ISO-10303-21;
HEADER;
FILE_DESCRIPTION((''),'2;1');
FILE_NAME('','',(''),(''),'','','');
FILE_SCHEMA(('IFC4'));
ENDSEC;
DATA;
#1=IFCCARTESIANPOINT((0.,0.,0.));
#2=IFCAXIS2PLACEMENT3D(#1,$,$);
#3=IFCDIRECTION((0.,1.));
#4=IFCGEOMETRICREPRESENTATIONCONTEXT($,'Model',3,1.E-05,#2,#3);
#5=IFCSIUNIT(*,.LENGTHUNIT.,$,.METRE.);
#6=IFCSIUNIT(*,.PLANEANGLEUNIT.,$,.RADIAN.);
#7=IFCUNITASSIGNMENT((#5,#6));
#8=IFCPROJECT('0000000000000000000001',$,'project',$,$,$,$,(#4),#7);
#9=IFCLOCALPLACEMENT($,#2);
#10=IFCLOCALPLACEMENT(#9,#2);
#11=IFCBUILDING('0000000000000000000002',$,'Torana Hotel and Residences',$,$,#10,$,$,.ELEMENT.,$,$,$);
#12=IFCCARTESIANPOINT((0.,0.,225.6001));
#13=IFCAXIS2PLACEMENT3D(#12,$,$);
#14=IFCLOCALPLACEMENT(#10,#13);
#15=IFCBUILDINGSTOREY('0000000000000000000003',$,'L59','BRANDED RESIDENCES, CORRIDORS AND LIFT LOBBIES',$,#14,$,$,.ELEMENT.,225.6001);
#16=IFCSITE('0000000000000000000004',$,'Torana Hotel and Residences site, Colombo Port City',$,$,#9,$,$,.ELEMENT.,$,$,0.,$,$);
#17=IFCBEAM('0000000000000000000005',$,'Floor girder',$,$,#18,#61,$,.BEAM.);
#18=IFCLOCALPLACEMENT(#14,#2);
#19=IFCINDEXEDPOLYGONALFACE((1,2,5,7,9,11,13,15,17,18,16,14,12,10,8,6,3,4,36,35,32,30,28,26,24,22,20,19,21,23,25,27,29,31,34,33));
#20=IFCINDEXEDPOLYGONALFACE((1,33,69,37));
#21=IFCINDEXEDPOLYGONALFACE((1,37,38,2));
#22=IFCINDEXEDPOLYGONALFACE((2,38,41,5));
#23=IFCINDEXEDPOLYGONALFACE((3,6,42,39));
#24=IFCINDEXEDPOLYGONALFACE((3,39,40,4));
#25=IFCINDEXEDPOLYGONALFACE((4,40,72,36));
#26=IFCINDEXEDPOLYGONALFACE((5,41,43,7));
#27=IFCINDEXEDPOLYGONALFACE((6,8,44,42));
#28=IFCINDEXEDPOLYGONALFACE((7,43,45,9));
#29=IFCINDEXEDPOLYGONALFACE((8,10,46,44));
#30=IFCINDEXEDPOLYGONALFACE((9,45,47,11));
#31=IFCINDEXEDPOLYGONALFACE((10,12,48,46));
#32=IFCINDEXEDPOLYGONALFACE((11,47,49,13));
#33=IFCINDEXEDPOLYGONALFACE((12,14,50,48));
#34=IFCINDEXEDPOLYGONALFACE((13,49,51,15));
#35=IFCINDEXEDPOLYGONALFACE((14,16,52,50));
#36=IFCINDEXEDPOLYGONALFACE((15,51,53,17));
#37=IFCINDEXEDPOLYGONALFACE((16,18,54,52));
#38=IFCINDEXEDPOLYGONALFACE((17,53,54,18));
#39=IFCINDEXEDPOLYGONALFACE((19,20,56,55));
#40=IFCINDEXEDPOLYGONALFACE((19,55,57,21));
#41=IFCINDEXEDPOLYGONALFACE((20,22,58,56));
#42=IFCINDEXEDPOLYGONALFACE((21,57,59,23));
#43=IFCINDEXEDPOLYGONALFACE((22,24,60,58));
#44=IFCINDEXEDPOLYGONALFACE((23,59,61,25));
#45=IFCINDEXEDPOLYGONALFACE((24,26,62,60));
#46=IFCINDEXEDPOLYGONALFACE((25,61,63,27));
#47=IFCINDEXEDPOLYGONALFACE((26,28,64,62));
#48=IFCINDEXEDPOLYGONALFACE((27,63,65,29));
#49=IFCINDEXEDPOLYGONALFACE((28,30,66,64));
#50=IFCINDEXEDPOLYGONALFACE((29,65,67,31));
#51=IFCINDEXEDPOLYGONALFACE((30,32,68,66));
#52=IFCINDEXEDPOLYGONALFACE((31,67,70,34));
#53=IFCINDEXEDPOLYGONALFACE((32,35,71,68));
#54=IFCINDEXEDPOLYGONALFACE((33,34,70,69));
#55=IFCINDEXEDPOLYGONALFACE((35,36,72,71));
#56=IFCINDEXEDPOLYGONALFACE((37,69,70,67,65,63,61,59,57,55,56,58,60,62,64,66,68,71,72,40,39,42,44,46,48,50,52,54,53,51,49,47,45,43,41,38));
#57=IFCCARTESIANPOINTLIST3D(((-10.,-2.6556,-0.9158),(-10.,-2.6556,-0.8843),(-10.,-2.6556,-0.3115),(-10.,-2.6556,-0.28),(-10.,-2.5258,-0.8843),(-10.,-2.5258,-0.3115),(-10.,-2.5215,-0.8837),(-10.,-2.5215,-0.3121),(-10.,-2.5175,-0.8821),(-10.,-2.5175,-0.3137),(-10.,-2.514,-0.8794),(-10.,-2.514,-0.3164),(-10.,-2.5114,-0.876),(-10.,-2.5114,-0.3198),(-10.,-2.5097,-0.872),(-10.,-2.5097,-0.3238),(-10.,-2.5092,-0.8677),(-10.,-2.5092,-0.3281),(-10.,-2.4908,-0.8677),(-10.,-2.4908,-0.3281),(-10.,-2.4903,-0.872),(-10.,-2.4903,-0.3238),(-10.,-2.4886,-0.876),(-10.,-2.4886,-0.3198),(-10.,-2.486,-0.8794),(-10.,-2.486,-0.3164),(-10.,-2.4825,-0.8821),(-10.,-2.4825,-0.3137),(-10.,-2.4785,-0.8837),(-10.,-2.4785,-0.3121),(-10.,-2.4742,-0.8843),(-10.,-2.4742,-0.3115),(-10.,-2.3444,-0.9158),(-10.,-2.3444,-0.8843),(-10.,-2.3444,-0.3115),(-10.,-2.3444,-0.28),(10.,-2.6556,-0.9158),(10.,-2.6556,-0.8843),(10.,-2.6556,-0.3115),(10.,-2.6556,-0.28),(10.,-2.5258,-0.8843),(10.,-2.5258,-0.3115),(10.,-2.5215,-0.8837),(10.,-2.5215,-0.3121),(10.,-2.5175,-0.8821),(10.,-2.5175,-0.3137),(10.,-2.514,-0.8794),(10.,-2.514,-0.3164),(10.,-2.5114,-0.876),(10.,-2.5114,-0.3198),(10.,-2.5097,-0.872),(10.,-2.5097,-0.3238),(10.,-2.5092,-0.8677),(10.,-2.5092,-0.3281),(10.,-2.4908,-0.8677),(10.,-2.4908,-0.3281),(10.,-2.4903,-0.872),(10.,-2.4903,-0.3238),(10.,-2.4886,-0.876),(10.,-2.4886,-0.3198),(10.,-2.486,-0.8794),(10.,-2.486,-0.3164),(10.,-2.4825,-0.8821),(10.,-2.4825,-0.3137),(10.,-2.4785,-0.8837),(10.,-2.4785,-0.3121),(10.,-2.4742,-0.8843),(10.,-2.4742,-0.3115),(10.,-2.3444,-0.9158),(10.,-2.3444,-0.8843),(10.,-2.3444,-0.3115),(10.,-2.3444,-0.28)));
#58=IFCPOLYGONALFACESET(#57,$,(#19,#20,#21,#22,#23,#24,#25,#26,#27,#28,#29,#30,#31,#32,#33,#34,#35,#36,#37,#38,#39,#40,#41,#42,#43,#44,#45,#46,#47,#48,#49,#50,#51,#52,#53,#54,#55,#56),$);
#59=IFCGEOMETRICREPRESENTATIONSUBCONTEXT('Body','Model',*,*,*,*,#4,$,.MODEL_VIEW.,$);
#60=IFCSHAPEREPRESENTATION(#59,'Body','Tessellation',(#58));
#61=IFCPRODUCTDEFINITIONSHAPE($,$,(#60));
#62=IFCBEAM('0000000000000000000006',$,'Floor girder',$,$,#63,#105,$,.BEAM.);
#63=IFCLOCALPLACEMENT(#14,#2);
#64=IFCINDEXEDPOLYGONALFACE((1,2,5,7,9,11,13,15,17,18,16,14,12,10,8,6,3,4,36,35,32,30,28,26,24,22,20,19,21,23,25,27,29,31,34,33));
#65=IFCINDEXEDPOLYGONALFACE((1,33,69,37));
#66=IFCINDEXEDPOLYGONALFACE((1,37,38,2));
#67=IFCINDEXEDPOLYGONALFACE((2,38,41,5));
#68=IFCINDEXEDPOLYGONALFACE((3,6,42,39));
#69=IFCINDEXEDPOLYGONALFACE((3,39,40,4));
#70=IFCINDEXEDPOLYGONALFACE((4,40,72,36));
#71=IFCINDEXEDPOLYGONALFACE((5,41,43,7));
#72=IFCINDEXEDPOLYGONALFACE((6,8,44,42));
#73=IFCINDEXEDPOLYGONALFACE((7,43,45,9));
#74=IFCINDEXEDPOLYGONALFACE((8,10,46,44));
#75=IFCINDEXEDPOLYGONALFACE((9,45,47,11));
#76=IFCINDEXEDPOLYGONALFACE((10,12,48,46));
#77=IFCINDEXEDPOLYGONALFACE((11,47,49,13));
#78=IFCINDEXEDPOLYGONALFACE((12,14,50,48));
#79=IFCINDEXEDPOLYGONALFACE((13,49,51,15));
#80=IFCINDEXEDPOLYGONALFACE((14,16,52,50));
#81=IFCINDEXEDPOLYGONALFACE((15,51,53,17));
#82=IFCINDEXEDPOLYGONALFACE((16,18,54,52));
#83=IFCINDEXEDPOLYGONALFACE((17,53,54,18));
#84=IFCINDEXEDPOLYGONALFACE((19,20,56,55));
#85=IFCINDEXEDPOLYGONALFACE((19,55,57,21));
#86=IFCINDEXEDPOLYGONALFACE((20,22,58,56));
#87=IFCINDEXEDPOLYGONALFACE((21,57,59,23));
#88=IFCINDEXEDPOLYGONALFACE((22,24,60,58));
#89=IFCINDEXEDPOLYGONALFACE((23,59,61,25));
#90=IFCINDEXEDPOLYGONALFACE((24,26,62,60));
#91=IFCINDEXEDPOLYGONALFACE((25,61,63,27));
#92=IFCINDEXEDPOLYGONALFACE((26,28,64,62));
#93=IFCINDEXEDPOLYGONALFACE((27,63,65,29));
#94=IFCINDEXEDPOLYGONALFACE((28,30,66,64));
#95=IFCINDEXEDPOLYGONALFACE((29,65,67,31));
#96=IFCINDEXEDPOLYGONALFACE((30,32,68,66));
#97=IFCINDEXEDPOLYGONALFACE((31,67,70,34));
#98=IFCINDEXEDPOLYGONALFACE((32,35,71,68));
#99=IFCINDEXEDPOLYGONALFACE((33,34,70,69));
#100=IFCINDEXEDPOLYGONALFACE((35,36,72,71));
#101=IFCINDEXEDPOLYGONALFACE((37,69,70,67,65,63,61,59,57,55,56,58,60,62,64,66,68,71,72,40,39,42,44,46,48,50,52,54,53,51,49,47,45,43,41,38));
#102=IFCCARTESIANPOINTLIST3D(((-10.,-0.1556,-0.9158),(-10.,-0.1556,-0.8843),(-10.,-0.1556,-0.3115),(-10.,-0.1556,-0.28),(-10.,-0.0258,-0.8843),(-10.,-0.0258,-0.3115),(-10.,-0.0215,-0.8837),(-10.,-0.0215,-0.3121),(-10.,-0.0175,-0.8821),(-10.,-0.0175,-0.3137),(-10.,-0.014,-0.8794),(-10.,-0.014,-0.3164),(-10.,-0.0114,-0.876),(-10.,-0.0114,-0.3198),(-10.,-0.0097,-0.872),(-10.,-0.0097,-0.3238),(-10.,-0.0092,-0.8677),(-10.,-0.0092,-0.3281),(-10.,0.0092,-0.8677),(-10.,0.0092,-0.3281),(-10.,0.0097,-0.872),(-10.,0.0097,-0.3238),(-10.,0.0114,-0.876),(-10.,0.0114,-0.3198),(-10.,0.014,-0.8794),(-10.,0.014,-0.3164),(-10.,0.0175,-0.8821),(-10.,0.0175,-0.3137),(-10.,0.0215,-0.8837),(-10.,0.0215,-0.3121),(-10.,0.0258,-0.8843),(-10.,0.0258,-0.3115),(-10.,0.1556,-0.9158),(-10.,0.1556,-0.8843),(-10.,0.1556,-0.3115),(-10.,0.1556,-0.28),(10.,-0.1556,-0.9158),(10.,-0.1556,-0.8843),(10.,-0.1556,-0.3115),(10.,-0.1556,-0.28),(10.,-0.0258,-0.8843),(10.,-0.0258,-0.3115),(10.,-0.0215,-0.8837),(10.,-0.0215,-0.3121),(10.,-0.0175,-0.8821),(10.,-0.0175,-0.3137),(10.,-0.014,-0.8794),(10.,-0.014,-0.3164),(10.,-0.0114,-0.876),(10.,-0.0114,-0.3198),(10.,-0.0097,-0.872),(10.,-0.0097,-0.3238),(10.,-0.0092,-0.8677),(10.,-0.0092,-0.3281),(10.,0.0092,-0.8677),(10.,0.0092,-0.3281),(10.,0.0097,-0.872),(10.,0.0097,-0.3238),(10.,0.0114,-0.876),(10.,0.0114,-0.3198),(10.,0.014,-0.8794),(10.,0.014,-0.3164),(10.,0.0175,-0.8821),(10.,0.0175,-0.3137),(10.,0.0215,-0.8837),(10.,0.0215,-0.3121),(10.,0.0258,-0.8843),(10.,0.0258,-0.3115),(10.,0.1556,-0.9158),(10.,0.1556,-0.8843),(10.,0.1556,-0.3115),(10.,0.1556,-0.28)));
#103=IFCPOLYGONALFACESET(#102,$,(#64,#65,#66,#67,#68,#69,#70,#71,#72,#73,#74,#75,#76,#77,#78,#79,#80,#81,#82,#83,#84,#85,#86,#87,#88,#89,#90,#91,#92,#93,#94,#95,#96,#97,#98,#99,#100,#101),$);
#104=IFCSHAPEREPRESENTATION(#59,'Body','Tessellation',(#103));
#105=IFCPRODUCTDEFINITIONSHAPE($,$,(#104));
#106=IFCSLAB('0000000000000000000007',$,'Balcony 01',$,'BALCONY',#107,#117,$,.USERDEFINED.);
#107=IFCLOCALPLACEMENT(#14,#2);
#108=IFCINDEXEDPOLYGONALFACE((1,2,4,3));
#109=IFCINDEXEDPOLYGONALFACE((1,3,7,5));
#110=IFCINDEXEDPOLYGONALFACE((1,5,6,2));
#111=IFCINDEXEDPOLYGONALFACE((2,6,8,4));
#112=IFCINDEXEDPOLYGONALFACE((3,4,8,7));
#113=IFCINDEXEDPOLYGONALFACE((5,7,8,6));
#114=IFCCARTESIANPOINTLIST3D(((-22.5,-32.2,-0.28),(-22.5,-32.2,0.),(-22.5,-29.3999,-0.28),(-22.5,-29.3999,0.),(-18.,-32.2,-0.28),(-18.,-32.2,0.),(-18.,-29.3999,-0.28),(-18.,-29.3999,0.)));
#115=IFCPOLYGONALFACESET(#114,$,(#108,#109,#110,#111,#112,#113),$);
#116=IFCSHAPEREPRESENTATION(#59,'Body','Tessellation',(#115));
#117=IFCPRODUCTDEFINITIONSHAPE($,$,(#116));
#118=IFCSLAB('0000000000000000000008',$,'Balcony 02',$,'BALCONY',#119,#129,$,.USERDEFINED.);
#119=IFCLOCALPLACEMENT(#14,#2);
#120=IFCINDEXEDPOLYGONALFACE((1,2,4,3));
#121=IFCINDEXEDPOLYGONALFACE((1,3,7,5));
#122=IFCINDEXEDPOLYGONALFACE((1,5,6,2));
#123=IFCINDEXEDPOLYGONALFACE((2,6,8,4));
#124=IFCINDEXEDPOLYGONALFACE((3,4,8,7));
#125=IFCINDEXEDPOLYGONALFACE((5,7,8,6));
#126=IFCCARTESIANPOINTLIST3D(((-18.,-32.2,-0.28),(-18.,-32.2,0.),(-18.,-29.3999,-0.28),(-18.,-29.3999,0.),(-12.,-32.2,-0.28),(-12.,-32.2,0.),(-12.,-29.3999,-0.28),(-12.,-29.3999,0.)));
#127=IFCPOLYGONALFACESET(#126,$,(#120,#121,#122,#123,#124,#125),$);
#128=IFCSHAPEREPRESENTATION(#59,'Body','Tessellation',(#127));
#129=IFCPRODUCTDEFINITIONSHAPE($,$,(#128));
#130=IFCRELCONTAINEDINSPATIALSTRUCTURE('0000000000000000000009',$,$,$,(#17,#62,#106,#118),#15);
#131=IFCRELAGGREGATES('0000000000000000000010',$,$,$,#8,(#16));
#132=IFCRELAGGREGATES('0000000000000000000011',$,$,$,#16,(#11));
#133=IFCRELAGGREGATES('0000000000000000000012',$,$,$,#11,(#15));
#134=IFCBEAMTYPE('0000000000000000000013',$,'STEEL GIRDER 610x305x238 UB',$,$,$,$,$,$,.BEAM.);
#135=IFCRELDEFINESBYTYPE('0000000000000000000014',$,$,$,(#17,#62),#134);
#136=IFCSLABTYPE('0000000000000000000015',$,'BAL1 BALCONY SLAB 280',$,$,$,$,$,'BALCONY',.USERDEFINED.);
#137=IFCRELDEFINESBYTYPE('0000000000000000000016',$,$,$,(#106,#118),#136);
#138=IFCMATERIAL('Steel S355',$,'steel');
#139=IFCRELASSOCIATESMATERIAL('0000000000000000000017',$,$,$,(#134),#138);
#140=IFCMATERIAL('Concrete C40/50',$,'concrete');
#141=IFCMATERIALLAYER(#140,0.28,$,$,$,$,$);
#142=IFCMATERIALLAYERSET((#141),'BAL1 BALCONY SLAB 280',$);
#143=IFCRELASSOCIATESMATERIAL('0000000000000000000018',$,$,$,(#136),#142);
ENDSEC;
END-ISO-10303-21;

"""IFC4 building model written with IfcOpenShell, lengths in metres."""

from ifc_helpers import new_model, si_unit, direction, frame, origin, origin_2d, place, context, subcontext, project, spatial, polyline, i_section, outline, extrude, material, layer, layer_set, material_profile, profile_set, type_object, element, save


model = new_model("IFC4")

# Units and contexts
model_context = context("Model", 3, precision=1e-05, world=origin(), true_north=direction((0.0, 1.0)))
body_context = subcontext(model_context, "Body", "Model", "MODEL_VIEW")
ifc_project = project(units=[si_unit("LENGTHUNIT", "METRE"), si_unit("PLANEANGLEUNIT", "RADIAN")], contexts=[model_context])

# Site, building, storey
site_placement = place(None, origin())
site = spatial("IfcSite", under=ifc_project, at=site_placement, Name="Torana Hotel and Residences site, Colombo Port City", CompositionType="ELEMENT", RefElevation=0.0)
building_placement = place(site_placement, origin())
building = spatial("IfcBuilding", under=site, at=building_placement, Name="Torana Hotel and Residences", CompositionType="ELEMENT")
storey_placement = place(building_placement, frame((0.0, 0.0, 225.6001)))
storey = spatial("IfcBuildingStorey", under=building, at=storey_placement, Name="L59", Description="BRANDED RESIDENCES, CORRIDORS AND LIFT LOBBIES", CompositionType="ELEMENT", Elevation=225.6001)

# Beams
ifc_material_1 = material(Name="Steel S355", Category="steel")
ifc_material_profile = material_profile(ifc_material_1, i_section(OverallWidth=0.3113, OverallDepth=0.6357, WebThickness=0.0183, FlangeThickness=0.0315, FilletRadius=0.0166, at=origin_2d()), Name="610x305x238 UB")
ifc_profile_set = profile_set([ifc_material_profile], Name="Steel S355")
beam_type = type_object("IfcBeamType", Name="STEEL GIRDER 610x305x238 UB", PredefinedType="BEAM", material=ifc_profile_set)
for number, where, z_axis, x_axis, name in (
    (1, (-10.0, -2.5, -0.5979), (1.0, 0.0, 0.0), (0.0, 1.0, 0.0), "Floor girder"),
    (2, (-10.0, 0.0, -0.5979), (1.0, 0.0, 0.0), (0.0, 1.0, 0.0), "Floor girder"),
):
    element("IfcBeam", number, at=place(storey_placement, frame(where, z_axis=z_axis, x_axis=x_axis)), inside=storey, type_object=beam_type, Name=name, PredefinedType="BEAM", context=body_context, shape_type="SweptSolid", body=[
        extrude(i_section(OverallWidth=0.3113, OverallDepth=0.6357, WebThickness=0.0183, FlangeThickness=0.0315, FilletRadius=0.0166, at=origin_2d()), origin(), (0.0, 0.0, 1.0), 20.0),
    ])

# Slabs
ifc_material_2 = material(Name="Concrete C40/50", Category="concrete")
ifc_layer_1 = layer(ifc_material_2, 0.28)
ifc_layer_set_1 = layer_set([ifc_layer_1], Name="BAL1 BALCONY SLAB 280")
slab_type_1 = type_object("IfcSlabType", Name="BAL1 BALCONY SLAB 280", ElementType="BALCONY", PredefinedType="USERDEFINED", material=ifc_layer_set_1)
slab_1_placement = place(storey_placement, frame((0.0, 0.0, -0.28)))
element("IfcSlab", 3, at=slab_1_placement, inside=storey, type_object=slab_type_1, Name="Balcony 01", ObjectType="BALCONY", PredefinedType="USERDEFINED", context=body_context, shape_type="SweptSolid", body=[
    extrude(outline(polyline([(-22.5, -32.2), (-18.0, -32.2), (-18.0, -29.3999), (-22.5, -29.3999), (-22.5, -32.2)])), origin(), (0.0, 0.0, 1.0), 0.28),
])
slab_2_placement = place(storey_placement, frame((0.0, 0.0, -0.28)))
element("IfcSlab", 4, at=slab_2_placement, inside=storey, type_object=slab_type_1, Name="Balcony 02", ObjectType="BALCONY", PredefinedType="USERDEFINED", context=body_context, shape_type="SweptSolid", body=[
    extrude(outline(polyline([(-18.0, -32.2), (-12.0, -32.2), (-12.0, -29.3999), (-18.0, -29.3999), (-18.0, -32.2)])), origin(), (0.0, 0.0, 1.0), 0.28),
])

save(model, "model.ifc")
